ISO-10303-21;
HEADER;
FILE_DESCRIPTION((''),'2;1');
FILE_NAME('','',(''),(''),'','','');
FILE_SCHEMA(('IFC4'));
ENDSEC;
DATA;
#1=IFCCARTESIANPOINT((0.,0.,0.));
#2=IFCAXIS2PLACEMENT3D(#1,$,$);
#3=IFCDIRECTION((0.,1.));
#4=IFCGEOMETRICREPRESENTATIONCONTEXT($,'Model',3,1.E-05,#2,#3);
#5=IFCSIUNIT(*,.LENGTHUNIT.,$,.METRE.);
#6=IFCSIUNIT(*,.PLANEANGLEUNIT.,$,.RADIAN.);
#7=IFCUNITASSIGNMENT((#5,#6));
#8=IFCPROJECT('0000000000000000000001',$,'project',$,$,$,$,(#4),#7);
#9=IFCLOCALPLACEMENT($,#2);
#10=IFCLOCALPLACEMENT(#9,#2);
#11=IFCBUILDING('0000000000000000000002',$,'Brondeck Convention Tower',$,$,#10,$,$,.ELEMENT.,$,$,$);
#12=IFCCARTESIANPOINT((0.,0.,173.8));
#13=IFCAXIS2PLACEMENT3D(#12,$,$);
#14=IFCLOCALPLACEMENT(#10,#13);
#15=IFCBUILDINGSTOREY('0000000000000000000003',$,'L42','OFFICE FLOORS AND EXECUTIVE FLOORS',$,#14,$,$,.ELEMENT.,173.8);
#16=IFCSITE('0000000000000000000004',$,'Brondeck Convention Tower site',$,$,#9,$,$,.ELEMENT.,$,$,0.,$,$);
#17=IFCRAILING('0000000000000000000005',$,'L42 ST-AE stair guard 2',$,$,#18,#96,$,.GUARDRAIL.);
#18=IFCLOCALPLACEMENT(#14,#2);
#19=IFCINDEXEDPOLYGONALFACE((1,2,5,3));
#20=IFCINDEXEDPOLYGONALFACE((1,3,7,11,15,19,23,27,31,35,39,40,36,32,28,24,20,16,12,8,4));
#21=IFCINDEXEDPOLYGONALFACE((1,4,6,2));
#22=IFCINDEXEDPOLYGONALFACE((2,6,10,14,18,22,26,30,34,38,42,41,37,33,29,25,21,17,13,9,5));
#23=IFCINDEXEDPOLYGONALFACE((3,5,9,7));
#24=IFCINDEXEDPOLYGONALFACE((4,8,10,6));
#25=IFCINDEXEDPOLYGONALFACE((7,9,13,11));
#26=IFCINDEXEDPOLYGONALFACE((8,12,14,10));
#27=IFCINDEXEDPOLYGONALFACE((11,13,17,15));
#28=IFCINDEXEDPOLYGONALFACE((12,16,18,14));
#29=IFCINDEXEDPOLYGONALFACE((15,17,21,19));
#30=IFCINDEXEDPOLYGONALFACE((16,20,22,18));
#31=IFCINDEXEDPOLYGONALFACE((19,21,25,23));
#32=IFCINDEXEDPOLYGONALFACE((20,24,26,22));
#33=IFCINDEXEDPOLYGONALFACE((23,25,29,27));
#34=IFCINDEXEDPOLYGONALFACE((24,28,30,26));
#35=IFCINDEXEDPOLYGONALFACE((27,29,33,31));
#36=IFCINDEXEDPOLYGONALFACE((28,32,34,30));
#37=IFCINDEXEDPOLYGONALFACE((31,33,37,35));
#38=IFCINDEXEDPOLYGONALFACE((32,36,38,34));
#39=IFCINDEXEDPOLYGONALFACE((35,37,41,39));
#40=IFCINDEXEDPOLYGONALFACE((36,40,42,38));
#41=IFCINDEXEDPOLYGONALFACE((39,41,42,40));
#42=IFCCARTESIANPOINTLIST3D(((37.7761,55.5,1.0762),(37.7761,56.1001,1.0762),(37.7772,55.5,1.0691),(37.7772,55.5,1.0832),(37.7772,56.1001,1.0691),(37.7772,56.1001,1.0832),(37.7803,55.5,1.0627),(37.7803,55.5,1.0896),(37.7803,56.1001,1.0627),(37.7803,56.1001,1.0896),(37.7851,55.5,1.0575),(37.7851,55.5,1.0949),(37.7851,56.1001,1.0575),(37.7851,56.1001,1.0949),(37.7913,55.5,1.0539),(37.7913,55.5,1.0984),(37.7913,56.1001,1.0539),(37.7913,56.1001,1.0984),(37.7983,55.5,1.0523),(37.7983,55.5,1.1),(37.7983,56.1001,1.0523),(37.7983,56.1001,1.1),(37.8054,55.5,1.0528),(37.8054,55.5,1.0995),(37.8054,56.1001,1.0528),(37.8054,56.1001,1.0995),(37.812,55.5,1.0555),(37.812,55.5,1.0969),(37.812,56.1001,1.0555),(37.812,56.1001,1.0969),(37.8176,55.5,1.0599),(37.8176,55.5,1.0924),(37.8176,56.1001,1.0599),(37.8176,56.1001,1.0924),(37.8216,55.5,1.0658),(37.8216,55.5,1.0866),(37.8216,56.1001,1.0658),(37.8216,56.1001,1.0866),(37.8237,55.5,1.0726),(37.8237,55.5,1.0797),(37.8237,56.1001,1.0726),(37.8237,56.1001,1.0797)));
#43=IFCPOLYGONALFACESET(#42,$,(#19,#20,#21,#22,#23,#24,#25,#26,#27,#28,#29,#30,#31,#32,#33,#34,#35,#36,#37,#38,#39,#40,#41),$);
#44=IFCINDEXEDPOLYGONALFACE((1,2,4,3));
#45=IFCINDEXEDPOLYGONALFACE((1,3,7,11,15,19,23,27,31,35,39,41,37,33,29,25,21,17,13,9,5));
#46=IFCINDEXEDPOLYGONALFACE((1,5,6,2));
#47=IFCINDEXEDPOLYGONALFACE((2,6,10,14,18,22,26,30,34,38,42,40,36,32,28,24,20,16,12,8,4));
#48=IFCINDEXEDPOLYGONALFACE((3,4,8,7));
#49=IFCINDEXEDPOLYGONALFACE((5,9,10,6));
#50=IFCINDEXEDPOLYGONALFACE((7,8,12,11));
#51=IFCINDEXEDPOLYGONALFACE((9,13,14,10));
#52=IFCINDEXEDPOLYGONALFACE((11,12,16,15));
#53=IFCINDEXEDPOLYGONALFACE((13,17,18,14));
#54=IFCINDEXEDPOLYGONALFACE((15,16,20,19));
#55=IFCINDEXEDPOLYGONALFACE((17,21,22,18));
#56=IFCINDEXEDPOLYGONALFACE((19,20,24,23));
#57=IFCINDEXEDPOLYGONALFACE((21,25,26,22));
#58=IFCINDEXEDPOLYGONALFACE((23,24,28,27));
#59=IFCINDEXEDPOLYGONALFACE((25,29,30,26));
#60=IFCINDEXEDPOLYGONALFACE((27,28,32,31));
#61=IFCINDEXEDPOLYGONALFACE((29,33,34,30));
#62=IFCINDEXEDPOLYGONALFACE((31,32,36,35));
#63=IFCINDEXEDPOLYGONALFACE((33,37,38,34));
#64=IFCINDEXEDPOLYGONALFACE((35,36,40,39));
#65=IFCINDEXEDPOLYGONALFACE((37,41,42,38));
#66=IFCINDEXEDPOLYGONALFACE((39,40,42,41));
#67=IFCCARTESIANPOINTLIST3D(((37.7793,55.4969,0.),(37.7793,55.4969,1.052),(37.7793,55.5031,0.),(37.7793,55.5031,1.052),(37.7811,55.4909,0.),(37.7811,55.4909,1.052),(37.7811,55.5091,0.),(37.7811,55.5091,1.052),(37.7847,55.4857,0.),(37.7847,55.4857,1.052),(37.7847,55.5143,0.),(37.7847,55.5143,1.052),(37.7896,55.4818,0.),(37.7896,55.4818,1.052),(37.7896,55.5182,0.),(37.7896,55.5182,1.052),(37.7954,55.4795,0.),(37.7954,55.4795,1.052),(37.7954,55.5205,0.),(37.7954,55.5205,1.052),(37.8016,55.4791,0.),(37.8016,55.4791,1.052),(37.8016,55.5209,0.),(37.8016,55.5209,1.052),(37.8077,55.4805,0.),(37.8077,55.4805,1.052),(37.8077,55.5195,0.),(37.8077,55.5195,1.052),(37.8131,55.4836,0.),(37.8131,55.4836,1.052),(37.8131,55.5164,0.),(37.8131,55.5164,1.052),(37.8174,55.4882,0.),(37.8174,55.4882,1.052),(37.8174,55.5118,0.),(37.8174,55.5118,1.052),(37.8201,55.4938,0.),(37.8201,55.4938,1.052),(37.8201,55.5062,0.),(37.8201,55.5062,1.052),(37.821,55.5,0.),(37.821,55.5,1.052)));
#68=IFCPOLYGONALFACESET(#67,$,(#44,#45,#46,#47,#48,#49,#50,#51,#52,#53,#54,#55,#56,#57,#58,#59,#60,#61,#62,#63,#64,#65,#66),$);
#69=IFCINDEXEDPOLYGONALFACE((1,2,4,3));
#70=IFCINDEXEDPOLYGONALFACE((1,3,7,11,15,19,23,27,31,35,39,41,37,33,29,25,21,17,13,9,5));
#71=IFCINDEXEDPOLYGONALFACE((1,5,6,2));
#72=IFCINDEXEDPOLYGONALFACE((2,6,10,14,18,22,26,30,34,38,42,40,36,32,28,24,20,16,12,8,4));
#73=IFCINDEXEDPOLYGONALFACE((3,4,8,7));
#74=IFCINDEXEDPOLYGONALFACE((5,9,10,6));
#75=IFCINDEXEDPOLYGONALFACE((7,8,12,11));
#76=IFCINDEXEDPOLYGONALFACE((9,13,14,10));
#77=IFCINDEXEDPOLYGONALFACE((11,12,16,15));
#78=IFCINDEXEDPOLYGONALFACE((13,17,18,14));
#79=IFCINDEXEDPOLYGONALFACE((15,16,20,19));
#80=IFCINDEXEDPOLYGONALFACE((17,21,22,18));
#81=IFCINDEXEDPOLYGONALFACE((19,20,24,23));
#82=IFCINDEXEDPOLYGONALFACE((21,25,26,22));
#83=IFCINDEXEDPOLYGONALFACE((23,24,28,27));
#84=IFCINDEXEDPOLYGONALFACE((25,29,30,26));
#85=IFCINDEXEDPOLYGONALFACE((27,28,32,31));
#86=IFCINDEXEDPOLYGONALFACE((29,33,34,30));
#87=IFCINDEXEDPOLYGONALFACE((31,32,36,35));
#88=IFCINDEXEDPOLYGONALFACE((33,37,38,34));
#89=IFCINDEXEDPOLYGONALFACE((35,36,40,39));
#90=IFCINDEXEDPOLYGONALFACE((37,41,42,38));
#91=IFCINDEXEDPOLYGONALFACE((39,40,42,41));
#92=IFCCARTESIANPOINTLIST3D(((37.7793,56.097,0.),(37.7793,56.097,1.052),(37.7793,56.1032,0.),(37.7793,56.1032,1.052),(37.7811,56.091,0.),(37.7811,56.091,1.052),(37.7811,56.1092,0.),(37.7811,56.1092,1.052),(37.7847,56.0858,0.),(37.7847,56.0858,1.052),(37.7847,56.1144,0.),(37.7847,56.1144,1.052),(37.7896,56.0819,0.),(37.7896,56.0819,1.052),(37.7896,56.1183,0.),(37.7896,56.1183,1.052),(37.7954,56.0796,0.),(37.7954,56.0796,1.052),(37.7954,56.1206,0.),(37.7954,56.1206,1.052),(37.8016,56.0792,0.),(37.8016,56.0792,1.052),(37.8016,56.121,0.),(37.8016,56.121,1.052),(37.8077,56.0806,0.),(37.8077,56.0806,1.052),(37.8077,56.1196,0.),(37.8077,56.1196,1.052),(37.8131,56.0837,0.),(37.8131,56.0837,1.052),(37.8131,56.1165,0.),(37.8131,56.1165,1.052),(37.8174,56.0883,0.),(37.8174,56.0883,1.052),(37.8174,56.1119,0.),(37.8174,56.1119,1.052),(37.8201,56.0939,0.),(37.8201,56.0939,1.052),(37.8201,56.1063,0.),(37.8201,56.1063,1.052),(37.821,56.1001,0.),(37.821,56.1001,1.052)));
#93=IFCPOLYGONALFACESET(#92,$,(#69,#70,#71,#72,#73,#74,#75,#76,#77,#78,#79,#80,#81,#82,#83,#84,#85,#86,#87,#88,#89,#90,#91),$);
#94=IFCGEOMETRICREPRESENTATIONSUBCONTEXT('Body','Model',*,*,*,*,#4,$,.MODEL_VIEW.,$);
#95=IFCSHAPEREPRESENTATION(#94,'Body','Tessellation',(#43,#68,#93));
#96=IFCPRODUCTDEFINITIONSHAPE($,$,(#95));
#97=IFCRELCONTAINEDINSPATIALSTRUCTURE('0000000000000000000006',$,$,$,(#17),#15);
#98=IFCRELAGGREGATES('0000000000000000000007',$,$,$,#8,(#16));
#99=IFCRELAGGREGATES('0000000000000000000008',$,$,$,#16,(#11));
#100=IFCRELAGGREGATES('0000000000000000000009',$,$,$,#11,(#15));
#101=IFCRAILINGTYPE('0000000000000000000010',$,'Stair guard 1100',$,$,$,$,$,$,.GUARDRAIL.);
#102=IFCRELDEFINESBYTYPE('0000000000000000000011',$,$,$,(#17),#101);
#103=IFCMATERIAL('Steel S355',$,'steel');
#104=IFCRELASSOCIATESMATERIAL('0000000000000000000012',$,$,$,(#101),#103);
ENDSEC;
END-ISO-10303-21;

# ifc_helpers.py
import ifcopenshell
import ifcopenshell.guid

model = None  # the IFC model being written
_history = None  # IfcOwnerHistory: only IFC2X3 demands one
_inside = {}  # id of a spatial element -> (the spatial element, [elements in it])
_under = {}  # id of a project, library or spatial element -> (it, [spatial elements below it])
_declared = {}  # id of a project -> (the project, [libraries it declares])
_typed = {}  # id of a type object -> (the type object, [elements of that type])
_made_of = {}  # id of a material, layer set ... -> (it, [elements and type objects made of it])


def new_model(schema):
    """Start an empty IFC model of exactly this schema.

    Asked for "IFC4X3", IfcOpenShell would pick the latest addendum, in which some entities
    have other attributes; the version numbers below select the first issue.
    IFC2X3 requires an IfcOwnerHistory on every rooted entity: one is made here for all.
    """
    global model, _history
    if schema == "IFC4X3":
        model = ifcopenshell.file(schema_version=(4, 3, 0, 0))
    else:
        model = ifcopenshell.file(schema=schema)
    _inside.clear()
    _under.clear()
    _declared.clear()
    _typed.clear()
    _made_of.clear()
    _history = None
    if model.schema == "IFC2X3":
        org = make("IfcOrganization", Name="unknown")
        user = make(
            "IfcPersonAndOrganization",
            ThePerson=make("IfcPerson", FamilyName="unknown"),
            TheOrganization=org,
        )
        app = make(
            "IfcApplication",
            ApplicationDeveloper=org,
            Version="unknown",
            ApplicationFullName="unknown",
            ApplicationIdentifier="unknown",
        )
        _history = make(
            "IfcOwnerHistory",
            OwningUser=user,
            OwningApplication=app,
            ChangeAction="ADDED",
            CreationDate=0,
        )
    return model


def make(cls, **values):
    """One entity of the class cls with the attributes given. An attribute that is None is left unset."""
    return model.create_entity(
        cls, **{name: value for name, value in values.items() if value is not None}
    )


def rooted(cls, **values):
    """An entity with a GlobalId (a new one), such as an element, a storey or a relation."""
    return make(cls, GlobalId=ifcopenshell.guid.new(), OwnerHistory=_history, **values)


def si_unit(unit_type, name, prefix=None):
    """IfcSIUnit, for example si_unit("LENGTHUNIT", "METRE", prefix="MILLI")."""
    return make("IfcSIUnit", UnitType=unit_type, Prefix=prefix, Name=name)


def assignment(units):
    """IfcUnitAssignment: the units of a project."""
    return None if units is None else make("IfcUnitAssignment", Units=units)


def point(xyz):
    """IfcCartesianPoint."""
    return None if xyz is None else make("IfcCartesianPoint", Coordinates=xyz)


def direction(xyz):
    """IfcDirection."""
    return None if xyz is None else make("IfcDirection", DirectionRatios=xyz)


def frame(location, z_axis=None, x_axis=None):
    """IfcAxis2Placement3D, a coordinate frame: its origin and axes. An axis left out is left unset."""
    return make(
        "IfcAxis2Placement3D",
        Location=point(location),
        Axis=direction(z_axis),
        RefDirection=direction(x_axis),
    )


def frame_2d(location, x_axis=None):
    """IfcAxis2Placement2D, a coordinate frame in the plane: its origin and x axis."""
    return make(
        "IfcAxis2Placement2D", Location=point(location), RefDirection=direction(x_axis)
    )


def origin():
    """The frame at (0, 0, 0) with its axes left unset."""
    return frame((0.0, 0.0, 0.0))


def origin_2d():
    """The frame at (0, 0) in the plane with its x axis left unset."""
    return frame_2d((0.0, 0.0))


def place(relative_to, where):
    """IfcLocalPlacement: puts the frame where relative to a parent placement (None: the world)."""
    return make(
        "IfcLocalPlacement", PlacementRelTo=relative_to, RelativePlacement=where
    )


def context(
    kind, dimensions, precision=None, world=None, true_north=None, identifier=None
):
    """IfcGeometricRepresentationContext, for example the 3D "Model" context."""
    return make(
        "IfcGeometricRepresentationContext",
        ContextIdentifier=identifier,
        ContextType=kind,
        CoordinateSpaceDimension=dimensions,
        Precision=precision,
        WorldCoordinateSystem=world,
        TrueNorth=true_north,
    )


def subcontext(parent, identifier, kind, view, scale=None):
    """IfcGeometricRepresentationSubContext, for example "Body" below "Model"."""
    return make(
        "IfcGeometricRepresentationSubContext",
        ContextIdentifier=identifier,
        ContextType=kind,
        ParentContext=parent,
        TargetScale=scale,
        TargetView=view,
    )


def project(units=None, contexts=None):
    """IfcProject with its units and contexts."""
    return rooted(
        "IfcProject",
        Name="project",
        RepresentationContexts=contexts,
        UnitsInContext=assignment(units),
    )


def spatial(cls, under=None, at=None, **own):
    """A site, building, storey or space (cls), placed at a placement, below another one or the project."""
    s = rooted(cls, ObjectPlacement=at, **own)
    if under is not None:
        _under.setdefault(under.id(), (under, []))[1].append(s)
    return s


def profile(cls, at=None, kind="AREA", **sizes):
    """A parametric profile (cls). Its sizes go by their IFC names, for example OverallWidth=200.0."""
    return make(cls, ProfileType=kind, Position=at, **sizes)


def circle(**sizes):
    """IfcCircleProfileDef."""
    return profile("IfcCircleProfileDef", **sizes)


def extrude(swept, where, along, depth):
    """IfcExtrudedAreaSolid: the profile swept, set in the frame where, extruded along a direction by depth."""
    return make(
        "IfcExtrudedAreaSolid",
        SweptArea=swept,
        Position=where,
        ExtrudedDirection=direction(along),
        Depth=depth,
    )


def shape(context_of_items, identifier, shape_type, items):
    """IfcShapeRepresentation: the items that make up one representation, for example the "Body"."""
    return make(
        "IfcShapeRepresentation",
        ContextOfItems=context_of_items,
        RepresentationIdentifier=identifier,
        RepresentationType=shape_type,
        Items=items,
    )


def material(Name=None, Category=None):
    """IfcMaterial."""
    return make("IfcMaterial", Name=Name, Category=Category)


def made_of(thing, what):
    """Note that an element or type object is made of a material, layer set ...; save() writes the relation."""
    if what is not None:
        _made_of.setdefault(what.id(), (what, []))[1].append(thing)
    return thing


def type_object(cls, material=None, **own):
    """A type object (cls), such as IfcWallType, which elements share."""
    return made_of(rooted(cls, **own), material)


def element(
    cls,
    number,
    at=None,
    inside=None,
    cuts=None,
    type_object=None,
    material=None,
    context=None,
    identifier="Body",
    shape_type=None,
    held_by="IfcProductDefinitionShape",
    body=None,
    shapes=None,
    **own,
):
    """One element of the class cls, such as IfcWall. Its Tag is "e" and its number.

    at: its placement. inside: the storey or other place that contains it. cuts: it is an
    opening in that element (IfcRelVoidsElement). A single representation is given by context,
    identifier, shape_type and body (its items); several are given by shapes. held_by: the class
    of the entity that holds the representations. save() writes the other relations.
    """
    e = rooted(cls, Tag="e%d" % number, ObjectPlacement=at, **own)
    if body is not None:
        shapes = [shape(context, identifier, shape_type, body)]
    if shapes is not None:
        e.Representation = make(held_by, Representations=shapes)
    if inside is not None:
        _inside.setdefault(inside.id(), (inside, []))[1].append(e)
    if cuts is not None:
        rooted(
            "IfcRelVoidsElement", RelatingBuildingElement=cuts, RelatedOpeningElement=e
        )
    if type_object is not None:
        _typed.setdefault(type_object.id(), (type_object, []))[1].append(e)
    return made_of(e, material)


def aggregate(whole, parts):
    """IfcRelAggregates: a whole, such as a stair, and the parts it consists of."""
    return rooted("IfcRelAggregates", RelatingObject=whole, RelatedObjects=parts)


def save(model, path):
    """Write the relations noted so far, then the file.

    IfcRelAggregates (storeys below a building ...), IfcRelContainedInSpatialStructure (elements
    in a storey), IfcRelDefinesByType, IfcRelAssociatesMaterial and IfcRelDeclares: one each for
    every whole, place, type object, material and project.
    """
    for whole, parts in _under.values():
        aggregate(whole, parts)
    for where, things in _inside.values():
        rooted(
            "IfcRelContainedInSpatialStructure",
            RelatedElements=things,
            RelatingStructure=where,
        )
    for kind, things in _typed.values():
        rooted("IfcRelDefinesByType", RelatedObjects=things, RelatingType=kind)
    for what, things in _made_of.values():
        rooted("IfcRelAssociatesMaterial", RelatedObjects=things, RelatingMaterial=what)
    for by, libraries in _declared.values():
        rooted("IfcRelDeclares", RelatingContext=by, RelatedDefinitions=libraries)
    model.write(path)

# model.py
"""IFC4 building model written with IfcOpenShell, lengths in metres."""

from ifc_helpers import new_model, si_unit, direction, frame, origin, origin_2d, place, context, subcontext, project, spatial, circle, extrude, material, type_object, element, save


model = new_model("IFC4")

# Units and contexts
model_context = context("Model", 3, precision=1e-05, world=origin(), true_north=direction((0.0, 1.0)))
body_context = subcontext(model_context, "Body", "Model", "MODEL_VIEW")
ifc_project = project(units=[si_unit("LENGTHUNIT", "METRE"), si_unit("PLANEANGLEUNIT", "RADIAN")], contexts=[model_context])

# Site, building, storey
site_placement = place(None, origin())
site = spatial("IfcSite", under=ifc_project, at=site_placement, Name="Brondeck Convention Tower site", CompositionType="ELEMENT", RefElevation=0.0)
building_placement = place(site_placement, origin())
building = spatial("IfcBuilding", under=site, at=building_placement, Name="Brondeck Convention Tower", CompositionType="ELEMENT")
storey_placement = place(building_placement, frame((0.0, 0.0, 173.8)))
storey = spatial("IfcBuildingStorey", under=building, at=storey_placement, Name="L42", Description="OFFICE FLOORS AND EXECUTIVE FLOORS", CompositionType="ELEMENT", Elevation=173.8)

# Shared definitions
ifc_material_1 = material(Name="Steel S355", Category="steel")

# Railing
railing_type_1 = type_object("IfcRailingType", Name="Stair guard 1100", PredefinedType="GUARDRAIL", material=ifc_material_1)
railing_1_placement = place(storey_placement, frame((37.8, 55.5, 0.0)))
element("IfcRailing", 1, at=railing_1_placement, inside=storey, type_object=railing_type_1, Name="L42 ST-AE stair guard 2", PredefinedType="GUARDRAIL", context=body_context, shape_type="SweptSolid", body=[
    extrude(circle(Radius=0.0239, at=origin_2d()), frame((0.0, 0.0, 1.0762), z_axis=(0.0, 1.0, 0.0), x_axis=(-1.0, 0.0, 0.0)), (0.0, 0.0, 1.0), 0.6001),
    extrude(circle(Radius=0.021, at=origin_2d()), origin(), (0.0, 0.0, 1.0), 1.052),
    extrude(circle(Radius=0.021, at=origin_2d()), frame((0.0, 0.6001, 0.0)), (0.0, 0.0, 1.0), 1.052),
])

save(model, "model.ifc")
